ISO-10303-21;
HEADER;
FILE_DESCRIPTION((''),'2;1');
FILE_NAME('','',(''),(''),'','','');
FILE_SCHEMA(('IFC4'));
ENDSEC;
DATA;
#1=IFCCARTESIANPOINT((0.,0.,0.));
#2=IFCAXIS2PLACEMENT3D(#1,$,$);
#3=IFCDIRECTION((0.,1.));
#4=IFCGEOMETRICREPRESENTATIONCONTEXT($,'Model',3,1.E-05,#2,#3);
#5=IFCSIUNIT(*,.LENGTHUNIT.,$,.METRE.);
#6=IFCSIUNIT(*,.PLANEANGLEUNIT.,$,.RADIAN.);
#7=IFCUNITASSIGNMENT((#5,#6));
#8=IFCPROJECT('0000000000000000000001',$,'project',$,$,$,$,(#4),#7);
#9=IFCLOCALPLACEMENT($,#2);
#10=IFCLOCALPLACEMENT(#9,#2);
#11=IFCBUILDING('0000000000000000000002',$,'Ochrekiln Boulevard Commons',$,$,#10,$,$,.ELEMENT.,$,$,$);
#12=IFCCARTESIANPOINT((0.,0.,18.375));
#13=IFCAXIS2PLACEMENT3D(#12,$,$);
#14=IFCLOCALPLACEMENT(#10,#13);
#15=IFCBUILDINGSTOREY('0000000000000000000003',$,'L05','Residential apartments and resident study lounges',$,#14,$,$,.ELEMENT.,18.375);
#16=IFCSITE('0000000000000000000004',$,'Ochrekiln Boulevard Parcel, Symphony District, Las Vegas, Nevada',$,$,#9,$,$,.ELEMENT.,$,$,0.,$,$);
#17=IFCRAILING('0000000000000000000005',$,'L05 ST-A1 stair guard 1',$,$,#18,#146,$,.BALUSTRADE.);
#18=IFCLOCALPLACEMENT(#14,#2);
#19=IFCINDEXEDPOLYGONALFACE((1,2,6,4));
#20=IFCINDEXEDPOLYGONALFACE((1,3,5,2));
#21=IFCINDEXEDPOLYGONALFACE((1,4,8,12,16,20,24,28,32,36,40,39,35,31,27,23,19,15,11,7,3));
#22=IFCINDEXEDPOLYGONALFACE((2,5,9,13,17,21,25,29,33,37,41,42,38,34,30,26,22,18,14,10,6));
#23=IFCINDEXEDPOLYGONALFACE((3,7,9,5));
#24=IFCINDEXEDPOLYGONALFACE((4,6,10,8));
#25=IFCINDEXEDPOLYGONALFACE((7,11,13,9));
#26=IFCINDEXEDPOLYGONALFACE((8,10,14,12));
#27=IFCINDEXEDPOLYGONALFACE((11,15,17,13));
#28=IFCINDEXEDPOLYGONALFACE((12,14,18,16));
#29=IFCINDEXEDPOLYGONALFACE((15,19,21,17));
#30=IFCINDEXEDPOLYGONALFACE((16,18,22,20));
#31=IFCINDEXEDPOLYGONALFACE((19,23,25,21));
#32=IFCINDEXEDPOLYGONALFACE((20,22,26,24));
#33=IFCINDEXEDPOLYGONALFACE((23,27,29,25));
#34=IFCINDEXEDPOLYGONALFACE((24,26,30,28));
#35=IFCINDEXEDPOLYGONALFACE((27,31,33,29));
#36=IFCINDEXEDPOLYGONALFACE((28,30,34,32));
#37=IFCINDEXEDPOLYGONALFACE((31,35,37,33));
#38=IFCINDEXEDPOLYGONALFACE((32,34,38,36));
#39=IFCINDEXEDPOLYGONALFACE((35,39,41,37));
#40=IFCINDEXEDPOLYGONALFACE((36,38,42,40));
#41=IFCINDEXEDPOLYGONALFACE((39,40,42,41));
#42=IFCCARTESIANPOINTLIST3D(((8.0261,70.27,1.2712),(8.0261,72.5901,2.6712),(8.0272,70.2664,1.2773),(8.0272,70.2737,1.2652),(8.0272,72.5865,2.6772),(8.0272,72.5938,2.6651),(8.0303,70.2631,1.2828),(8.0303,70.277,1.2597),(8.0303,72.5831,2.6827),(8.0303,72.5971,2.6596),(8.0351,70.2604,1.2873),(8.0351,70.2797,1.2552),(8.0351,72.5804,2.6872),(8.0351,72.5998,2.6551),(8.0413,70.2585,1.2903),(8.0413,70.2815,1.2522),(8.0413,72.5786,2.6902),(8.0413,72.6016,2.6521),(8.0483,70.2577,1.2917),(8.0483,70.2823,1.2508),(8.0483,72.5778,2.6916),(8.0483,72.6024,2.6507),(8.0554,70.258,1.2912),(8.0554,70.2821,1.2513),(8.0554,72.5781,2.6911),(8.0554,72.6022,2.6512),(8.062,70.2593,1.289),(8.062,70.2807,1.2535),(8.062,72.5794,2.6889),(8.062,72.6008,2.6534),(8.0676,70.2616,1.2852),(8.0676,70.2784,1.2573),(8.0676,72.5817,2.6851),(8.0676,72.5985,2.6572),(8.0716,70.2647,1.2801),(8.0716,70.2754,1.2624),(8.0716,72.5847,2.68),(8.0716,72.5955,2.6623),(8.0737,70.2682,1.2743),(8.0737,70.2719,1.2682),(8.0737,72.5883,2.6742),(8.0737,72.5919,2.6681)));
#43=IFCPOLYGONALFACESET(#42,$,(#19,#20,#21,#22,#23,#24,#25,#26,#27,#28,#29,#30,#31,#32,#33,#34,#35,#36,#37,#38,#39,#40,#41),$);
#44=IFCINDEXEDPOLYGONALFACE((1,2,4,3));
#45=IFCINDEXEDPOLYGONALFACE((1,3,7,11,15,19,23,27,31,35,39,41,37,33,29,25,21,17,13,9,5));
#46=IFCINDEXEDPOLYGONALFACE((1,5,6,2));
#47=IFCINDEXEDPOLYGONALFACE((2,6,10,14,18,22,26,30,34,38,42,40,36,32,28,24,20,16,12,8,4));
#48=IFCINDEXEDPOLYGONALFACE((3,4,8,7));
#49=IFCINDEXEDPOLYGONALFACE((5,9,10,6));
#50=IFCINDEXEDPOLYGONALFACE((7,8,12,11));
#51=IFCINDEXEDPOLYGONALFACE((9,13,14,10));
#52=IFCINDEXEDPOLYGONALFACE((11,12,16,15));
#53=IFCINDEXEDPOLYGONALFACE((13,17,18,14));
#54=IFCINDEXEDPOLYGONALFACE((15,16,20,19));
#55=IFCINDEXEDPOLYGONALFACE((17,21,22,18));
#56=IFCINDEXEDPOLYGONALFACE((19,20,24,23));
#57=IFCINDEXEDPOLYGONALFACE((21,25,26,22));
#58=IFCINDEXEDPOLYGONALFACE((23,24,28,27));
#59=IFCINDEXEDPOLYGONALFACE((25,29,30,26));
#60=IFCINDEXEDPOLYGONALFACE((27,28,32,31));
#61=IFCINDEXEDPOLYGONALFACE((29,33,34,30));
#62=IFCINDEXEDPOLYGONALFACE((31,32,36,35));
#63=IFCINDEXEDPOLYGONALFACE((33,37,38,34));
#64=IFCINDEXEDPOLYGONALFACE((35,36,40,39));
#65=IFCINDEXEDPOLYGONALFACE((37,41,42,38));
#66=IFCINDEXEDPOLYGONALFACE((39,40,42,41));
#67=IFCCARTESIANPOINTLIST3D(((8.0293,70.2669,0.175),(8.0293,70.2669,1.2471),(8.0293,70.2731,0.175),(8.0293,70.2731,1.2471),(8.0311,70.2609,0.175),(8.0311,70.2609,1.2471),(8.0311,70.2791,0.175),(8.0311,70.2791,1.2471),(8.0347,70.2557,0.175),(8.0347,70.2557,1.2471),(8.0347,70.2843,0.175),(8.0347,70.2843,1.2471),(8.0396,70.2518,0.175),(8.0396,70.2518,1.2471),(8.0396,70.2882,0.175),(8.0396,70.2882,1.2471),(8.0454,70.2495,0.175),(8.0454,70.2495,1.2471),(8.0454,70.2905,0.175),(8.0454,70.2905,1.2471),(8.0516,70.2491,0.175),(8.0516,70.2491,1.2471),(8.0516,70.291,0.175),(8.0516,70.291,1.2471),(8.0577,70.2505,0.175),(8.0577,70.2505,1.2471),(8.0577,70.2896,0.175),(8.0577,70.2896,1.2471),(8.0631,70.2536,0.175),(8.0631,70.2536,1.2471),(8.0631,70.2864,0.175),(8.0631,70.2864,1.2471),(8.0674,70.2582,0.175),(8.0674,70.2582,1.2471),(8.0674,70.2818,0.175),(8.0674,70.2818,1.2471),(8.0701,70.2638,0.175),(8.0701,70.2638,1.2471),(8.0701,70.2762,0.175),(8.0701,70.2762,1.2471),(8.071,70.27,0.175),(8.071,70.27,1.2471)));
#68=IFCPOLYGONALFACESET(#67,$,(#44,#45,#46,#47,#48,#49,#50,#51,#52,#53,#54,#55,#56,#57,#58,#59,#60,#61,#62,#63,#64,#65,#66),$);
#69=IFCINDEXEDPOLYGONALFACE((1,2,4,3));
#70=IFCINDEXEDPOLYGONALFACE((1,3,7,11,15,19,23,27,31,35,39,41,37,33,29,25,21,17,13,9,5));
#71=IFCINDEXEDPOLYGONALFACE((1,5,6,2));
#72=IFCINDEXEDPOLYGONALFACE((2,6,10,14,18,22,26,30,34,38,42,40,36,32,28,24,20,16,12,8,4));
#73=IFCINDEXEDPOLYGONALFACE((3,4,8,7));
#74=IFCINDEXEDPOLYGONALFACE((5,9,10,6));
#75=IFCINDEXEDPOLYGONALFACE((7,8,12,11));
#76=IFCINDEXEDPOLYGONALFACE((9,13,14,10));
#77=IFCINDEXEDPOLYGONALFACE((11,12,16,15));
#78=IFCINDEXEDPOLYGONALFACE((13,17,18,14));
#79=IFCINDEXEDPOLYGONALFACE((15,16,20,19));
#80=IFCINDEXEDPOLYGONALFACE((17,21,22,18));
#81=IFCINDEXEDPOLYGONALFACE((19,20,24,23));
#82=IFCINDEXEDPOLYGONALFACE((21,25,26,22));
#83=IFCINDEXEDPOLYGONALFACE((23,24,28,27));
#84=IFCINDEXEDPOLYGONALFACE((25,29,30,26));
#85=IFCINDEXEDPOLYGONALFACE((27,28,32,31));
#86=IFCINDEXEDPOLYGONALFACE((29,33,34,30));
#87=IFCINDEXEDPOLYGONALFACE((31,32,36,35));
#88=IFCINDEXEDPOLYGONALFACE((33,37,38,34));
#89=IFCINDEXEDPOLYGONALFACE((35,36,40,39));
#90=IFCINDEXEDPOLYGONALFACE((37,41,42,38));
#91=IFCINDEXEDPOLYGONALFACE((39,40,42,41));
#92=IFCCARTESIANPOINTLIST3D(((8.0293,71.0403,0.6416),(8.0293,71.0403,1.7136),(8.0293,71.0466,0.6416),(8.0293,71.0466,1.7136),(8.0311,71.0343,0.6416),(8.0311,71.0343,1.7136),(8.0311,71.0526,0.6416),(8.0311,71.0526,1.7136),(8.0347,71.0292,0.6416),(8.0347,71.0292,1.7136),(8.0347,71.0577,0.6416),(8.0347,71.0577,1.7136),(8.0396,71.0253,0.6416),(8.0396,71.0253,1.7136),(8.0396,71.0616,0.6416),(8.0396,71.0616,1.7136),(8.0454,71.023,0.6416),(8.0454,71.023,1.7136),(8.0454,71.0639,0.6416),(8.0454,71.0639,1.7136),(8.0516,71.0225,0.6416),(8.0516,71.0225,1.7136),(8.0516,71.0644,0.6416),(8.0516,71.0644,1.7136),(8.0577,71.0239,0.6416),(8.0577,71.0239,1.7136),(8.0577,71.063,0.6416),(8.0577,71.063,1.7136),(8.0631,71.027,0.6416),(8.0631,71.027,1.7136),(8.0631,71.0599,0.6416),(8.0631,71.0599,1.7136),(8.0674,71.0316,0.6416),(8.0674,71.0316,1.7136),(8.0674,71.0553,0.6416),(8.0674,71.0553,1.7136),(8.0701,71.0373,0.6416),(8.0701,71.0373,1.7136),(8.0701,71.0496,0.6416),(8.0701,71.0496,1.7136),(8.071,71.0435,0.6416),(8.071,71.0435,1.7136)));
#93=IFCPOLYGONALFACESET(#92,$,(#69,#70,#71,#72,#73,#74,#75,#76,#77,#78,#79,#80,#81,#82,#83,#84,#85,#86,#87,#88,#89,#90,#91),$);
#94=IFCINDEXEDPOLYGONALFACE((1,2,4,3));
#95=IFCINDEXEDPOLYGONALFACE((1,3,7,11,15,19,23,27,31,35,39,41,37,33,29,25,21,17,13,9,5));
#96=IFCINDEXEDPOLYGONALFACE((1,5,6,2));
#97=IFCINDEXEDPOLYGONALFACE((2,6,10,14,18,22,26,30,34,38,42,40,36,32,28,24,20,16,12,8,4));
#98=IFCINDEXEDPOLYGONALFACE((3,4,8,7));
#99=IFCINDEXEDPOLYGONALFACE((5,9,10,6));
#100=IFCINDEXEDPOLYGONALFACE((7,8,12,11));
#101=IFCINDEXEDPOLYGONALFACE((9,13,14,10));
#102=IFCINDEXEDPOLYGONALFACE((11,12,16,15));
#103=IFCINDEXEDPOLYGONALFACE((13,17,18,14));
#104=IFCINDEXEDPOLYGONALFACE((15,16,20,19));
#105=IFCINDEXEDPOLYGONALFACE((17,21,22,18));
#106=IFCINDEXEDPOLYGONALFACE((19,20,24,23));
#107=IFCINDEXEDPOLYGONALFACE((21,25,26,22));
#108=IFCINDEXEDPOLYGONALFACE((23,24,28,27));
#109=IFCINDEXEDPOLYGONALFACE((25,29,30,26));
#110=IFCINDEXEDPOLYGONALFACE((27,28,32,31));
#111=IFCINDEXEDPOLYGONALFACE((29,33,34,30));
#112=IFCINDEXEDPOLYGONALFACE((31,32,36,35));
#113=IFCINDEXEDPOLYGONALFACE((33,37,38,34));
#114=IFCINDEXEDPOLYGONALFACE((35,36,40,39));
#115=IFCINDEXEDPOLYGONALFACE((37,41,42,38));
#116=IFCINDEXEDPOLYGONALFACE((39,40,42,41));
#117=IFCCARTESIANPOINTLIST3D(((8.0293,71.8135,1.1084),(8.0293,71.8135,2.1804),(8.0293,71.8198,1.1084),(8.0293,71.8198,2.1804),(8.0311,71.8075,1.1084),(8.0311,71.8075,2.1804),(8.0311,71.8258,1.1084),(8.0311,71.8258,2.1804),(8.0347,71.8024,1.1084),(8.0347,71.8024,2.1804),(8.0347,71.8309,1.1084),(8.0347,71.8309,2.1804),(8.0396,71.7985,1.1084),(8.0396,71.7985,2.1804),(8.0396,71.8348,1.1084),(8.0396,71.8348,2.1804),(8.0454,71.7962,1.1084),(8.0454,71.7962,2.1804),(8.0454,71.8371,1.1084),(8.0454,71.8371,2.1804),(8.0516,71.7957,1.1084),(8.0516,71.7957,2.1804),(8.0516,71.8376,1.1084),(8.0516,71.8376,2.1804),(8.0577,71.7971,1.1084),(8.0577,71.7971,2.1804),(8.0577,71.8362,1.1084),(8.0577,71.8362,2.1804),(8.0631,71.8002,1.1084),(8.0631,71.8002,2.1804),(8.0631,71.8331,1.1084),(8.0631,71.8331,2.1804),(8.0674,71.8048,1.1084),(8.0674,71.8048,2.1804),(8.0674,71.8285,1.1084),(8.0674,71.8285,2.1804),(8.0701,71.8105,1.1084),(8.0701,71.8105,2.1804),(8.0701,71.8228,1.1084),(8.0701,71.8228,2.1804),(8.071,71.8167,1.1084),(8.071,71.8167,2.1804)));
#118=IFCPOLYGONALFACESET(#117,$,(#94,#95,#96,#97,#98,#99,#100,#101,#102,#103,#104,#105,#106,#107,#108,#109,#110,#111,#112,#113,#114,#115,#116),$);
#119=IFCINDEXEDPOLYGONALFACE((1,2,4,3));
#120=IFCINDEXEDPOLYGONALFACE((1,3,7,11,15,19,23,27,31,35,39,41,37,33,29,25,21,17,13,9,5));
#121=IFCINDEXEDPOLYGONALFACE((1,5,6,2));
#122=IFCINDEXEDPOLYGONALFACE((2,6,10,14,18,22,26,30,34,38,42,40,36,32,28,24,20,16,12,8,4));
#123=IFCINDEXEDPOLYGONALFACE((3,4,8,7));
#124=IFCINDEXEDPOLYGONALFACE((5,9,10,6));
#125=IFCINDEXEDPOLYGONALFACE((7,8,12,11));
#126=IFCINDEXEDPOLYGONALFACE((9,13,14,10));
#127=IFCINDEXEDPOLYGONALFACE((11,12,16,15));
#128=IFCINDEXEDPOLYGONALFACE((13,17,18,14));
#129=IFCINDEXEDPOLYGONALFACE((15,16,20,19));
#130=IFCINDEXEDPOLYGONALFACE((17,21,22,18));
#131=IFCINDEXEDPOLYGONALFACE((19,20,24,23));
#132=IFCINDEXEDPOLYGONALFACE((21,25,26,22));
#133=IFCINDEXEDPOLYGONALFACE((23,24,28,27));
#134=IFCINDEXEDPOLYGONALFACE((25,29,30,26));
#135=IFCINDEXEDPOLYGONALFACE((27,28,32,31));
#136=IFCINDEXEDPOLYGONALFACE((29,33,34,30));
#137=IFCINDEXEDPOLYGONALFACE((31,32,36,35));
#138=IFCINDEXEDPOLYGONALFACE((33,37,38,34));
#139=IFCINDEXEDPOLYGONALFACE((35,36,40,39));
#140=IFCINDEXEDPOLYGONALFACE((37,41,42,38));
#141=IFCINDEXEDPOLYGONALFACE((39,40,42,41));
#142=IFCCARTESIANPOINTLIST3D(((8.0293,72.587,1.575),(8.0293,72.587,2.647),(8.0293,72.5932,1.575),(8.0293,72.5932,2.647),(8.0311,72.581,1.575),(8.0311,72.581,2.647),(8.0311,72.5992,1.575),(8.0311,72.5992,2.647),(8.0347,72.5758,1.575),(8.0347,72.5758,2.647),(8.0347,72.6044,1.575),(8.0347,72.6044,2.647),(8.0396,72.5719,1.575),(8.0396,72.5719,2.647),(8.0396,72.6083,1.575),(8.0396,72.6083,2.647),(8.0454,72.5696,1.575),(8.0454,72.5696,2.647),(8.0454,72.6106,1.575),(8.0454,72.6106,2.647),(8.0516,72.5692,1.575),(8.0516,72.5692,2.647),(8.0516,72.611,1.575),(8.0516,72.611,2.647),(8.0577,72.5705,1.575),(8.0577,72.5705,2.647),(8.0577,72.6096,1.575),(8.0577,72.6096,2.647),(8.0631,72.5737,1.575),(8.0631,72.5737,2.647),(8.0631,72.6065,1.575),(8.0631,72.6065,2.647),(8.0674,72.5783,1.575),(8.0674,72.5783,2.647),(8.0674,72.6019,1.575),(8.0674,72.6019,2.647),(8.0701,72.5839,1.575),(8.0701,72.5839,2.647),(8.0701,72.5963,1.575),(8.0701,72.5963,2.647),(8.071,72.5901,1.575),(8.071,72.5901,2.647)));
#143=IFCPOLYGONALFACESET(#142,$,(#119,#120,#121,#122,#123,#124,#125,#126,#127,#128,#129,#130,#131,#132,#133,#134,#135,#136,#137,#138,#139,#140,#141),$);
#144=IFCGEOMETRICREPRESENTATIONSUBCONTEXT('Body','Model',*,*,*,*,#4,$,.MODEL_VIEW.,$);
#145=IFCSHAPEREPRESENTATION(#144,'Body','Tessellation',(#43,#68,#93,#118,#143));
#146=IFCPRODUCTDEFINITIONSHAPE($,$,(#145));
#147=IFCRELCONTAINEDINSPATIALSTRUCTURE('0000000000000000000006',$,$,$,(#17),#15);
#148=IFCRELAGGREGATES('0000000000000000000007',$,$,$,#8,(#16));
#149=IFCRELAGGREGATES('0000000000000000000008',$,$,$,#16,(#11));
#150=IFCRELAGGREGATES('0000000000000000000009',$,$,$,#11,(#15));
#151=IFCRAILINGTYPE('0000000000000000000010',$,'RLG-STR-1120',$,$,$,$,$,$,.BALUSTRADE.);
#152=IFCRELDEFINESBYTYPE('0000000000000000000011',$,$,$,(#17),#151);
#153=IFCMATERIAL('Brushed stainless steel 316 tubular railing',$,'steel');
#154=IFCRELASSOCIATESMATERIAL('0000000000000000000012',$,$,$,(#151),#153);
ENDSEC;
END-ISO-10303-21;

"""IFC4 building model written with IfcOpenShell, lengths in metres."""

from ifc_helpers import new_model, si_unit, direction, frame, origin, origin_2d, place, context, subcontext, project, spatial, circle, extrude, material, type_object, element, save


model = new_model("IFC4")

# Units and contexts
model_context = context("Model", 3, precision=1e-05, world=origin(), true_north=direction((0.0, 1.0)))
body_context = subcontext(model_context, "Body", "Model", "MODEL_VIEW")
ifc_project = project(units=[si_unit("LENGTHUNIT", "METRE"), si_unit("PLANEANGLEUNIT", "RADIAN")], contexts=[model_context])

# Site, building, storey
site_placement = place(None, origin())
site = spatial("IfcSite", under=ifc_project, at=site_placement, Name="Ochrekiln Boulevard Parcel, Symphony District, Las Vegas, Nevada", CompositionType="ELEMENT", RefElevation=0.0)
building_placement = place(site_placement, origin())
building = spatial("IfcBuilding", under=site, at=building_placement, Name="Ochrekiln Boulevard Commons", CompositionType="ELEMENT")
storey_placement = place(building_placement, frame((0.0, 0.0, 18.375)))
storey = spatial("IfcBuildingStorey", under=building, at=storey_placement, Name="L05", Description="Residential apartments and resident study lounges", CompositionType="ELEMENT", Elevation=18.375)

# Railing
ifc_material_1 = material(Name="Brushed stainless steel 316 tubular railing", Category="steel")
railing_type_1 = type_object("IfcRailingType", Name="RLG-STR-1120", PredefinedType="BALUSTRADE", material=ifc_material_1)
railing_1_placement = place(storey_placement, frame((8.05, 70.27, 0.175)))
element("IfcRailing", 1, at=railing_1_placement, inside=storey, type_object=railing_type_1, Name="L05 ST-A1 stair guard 1", PredefinedType="BALUSTRADE", context=body_context, shape_type="SweptSolid", body=[
    extrude(circle(Radius=0.0239, at=origin_2d()), frame((0.0, 0.0, 1.0962), z_axis=(0.0, 0.85621, 0.516627), x_axis=(-1.0, 0.0, 0.0)), (0.0, 0.0, 1.0), 2.7097),
    extrude(circle(Radius=0.021, at=origin_2d()), origin(), (0.0, 0.0, 1.0), 1.072),
    extrude(circle(Radius=0.021, at=origin_2d()), frame((0.0, 0.7734, 0.4666)), (0.0, 0.0, 1.0), 1.072),
    extrude(circle(Radius=0.021, at=origin_2d()), frame((0.0, 1.5466, 0.9333)), (0.0, 0.0, 1.0), 1.072),
    extrude(circle(Radius=0.021, at=origin_2d()), frame((0.0, 2.3201, 1.3999)), (0.0, 0.0, 1.0), 1.072),
])

save(model, "model.ifc")
